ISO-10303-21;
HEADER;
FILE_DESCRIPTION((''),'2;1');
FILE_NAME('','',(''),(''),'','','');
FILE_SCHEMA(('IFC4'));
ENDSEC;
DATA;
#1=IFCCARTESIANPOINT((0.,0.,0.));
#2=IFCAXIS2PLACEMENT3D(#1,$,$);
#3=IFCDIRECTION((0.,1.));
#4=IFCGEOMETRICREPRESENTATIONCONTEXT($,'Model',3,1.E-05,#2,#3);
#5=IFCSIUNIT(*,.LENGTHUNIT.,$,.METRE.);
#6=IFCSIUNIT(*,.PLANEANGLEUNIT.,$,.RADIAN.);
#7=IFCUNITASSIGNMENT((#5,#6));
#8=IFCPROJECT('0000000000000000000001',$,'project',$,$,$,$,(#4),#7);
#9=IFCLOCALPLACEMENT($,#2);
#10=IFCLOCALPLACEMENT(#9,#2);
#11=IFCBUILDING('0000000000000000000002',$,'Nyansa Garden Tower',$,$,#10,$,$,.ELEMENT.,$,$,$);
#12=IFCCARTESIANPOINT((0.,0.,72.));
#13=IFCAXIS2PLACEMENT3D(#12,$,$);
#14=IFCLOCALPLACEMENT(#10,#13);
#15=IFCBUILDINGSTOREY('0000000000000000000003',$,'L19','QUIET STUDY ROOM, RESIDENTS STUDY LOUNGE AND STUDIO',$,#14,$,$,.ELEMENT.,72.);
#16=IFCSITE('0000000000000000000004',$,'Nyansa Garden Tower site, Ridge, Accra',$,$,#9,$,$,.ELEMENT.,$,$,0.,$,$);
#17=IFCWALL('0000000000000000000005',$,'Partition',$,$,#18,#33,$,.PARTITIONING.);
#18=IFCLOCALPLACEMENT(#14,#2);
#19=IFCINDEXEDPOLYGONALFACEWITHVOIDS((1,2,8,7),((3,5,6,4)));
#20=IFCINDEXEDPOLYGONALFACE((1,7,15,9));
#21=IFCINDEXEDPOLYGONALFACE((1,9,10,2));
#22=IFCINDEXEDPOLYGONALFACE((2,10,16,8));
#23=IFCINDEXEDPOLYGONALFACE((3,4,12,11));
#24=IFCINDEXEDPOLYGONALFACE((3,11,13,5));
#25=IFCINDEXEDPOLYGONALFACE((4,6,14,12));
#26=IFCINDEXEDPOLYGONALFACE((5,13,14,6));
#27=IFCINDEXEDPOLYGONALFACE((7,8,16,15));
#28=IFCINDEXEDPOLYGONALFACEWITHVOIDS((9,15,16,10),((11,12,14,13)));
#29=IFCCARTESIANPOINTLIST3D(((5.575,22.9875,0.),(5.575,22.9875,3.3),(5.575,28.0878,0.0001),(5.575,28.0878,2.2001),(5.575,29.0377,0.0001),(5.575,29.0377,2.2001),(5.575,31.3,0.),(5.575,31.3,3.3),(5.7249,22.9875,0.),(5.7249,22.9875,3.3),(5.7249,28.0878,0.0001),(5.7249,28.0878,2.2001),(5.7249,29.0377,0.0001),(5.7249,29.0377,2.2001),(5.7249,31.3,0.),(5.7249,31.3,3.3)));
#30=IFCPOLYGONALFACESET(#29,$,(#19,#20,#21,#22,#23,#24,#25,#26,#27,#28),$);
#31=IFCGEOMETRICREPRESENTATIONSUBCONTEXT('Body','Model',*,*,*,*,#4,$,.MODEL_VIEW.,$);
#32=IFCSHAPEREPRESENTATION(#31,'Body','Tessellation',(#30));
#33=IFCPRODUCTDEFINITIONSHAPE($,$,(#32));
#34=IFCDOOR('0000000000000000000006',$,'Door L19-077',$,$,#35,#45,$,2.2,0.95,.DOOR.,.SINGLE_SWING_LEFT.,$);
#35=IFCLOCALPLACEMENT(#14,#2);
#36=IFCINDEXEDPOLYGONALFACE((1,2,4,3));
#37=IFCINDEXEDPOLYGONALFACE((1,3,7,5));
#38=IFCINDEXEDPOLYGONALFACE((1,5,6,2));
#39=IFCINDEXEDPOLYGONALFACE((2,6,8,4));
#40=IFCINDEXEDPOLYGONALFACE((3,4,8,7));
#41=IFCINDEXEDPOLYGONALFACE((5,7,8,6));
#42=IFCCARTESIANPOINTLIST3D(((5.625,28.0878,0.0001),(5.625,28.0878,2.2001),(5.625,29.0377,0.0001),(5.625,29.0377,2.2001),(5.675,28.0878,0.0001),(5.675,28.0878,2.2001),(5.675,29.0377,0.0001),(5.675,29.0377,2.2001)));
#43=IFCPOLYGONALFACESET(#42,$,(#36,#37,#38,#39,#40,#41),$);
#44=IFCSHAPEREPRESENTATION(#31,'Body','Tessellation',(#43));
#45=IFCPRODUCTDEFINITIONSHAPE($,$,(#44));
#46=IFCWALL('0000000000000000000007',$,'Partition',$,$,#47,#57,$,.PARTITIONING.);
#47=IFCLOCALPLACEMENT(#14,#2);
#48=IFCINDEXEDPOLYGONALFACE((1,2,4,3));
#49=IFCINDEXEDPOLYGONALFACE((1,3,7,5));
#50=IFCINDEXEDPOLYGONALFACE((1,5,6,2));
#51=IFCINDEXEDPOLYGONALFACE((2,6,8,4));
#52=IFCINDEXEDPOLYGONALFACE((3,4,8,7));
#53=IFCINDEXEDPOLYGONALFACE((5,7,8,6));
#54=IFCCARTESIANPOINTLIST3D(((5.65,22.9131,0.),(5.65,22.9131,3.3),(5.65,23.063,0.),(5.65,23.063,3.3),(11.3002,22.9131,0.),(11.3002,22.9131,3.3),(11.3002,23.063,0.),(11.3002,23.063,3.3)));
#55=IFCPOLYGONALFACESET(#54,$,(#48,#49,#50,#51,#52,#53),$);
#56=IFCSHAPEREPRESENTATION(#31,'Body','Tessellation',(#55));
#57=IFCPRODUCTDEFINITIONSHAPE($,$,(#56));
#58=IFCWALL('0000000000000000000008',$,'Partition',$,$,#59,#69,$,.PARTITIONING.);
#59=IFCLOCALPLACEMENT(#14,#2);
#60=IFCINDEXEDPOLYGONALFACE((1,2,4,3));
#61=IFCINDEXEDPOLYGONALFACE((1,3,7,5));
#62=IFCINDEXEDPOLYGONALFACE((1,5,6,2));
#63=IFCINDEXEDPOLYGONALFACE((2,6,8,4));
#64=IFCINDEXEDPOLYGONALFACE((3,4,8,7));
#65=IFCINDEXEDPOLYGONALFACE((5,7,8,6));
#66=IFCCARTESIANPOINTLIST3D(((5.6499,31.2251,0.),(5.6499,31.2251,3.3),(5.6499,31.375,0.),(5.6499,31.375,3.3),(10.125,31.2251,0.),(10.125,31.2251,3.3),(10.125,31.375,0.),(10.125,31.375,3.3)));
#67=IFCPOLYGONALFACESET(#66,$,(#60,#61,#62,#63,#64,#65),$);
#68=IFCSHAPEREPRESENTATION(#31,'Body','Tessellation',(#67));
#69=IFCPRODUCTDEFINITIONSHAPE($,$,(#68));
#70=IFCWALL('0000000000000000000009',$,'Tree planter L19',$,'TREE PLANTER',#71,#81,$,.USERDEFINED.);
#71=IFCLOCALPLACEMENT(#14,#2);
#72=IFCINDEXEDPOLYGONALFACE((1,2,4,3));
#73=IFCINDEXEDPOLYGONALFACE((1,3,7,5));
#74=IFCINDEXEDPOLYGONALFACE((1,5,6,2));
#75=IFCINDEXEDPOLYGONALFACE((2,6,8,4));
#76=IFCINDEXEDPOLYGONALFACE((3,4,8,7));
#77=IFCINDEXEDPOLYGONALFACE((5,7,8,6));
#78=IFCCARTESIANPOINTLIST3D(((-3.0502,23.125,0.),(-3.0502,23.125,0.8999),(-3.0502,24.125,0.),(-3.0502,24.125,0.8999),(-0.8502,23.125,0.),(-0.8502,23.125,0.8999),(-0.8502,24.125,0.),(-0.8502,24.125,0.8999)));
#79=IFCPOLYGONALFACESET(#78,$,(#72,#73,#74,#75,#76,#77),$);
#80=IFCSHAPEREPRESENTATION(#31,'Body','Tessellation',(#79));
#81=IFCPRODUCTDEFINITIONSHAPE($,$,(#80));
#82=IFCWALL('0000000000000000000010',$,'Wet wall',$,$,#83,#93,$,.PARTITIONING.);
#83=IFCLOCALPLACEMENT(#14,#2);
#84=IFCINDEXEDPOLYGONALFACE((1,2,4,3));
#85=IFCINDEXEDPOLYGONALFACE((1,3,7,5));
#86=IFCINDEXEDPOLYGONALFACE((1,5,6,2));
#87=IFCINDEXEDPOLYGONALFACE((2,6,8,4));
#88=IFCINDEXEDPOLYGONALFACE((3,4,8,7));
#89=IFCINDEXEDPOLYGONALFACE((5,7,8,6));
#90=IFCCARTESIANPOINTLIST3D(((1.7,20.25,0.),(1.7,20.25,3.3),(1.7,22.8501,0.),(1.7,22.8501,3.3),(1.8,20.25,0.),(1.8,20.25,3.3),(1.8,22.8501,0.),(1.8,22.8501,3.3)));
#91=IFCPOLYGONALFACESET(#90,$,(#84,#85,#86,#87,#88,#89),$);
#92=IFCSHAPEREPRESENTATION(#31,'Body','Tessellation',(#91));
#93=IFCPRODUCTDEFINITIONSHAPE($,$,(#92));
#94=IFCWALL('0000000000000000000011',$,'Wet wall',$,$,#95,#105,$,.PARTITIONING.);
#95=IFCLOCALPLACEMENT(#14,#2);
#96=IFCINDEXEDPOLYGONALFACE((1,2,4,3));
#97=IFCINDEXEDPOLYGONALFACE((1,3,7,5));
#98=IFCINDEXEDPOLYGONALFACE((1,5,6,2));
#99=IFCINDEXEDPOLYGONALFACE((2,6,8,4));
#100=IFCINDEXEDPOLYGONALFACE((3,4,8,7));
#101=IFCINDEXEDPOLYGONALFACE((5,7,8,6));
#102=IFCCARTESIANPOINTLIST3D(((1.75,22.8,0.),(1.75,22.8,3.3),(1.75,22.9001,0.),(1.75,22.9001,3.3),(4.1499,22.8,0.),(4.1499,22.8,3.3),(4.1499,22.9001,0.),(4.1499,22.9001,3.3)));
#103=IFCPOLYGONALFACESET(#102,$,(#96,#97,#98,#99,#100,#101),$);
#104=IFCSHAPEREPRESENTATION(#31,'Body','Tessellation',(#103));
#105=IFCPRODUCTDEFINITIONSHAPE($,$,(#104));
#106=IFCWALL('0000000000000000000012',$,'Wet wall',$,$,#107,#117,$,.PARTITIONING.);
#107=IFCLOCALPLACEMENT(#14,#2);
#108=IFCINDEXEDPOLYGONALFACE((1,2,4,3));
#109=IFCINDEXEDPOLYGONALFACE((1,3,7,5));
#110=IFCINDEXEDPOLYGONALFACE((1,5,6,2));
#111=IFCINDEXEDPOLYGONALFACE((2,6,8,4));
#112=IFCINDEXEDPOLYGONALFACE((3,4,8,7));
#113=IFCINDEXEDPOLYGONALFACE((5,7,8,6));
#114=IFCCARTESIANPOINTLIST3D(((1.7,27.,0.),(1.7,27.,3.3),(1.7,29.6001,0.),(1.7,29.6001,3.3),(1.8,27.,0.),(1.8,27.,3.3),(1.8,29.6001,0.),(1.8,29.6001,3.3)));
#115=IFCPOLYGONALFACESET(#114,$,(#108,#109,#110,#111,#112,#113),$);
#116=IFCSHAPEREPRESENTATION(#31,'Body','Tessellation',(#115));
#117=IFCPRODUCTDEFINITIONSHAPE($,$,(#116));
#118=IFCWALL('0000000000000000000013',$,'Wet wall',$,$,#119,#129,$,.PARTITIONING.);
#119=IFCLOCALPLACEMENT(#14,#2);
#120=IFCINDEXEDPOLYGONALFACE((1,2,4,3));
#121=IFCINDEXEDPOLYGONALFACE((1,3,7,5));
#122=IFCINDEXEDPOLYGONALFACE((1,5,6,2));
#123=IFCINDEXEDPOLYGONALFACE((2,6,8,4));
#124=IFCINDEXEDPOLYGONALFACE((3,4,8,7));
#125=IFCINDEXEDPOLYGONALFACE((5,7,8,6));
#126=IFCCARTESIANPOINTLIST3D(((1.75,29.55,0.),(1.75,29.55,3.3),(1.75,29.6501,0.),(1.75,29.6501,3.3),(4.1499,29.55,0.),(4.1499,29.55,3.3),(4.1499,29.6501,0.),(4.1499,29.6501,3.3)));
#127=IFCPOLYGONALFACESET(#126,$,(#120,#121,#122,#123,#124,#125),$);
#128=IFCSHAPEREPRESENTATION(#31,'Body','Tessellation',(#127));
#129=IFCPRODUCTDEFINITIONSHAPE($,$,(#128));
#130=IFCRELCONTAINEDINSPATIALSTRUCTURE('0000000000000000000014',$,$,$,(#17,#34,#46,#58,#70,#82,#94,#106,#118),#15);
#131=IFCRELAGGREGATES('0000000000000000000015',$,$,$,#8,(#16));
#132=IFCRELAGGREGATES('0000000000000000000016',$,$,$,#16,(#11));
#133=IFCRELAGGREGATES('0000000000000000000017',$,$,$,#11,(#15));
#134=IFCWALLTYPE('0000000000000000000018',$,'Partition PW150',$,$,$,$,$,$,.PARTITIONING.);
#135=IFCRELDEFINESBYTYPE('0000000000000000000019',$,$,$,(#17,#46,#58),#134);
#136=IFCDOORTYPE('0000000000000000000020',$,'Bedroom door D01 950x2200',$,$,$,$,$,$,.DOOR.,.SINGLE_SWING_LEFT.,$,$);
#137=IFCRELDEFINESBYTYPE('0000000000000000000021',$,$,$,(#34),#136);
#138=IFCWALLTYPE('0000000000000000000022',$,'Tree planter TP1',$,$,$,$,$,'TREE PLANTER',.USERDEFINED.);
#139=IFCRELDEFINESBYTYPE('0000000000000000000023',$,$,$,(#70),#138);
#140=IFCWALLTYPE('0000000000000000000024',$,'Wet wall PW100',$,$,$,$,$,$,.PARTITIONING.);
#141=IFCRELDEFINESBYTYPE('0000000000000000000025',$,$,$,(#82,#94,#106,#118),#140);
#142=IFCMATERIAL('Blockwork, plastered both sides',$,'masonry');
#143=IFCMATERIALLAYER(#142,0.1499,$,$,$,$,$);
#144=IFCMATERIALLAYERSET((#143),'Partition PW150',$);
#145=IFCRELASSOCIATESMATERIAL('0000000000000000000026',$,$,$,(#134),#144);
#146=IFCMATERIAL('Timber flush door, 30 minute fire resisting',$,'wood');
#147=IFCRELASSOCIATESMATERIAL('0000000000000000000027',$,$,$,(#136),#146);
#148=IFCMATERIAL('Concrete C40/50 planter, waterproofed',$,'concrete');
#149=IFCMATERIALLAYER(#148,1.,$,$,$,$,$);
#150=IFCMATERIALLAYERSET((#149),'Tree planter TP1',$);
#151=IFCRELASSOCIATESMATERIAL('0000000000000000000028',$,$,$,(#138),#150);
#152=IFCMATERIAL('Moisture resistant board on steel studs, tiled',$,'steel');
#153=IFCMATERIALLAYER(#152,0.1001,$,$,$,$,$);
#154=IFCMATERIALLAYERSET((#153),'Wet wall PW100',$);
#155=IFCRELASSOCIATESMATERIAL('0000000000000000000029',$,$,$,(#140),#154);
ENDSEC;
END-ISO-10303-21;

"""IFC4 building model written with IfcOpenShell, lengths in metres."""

from ifc_helpers import new_model, si_unit, direction, frame, frame_2d, origin, place, context, subcontext, project, spatial, rectangle, extrude, material, layer, layer_set, type_object, element, fill, save


model = new_model("IFC4")

# Units and contexts
model_context = context("Model", 3, precision=1e-05, world=origin(), true_north=direction((0.0, 1.0)))
body_context = subcontext(model_context, "Body", "Model", "MODEL_VIEW")
ifc_project = project(units=[si_unit("LENGTHUNIT", "METRE"), si_unit("PLANEANGLEUNIT", "RADIAN")], contexts=[model_context])

# Site, building, storey
site_placement = place(None, origin())
site = spatial("IfcSite", under=ifc_project, at=site_placement, Name="Nyansa Garden Tower site, Ridge, Accra", CompositionType="ELEMENT", RefElevation=0.0)
building_placement = place(site_placement, origin())
building = spatial("IfcBuilding", under=site, at=building_placement, Name="Nyansa Garden Tower", CompositionType="ELEMENT")
storey_placement = place(building_placement, frame((0.0, 0.0, 72.0)))
storey = spatial("IfcBuildingStorey", under=building, at=storey_placement, Name="L19", Description="QUIET STUDY ROOM, RESIDENTS STUDY LOUNGE AND STUDIO", CompositionType="ELEMENT", Elevation=72.0)

# Shared definitions
ifc_material_1 = material(Name="Blockwork, plastered both sides", Category="masonry")
ifc_layer_1 = layer(ifc_material_1, 0.1499)
ifc_layer_set_1 = layer_set([ifc_layer_1], Name="Partition PW150")
wall_type_1 = type_object("IfcWallType", Name="Partition PW150", PredefinedType="PARTITIONING", material=ifc_layer_set_1)

# Wall, opening, door
wall_1_placement = place(storey_placement, frame((5.6499, 22.9875, 0.0), z_axis=(0.0, 0.0, 1.0), x_axis=(0.0, 1.0, 0.0)))
wall_1 = element("IfcWall", 1, at=wall_1_placement, inside=storey, type_object=wall_type_1, Name="Partition", PredefinedType="PARTITIONING", context=body_context, shape_type="SweptSolid", body=[
    extrude(rectangle(XDim=8.3125, YDim=0.1499, at=frame_2d((4.1562, 0.0))), origin(), (0.0, 0.0, 1.0), 3.3),
])
opening_1_placement = place(wall_1_placement, frame((5.1001, 0.0, 0.0)))
opening_1 = element("IfcOpeningElement", 2, at=opening_1_placement, cuts=wall_1, PredefinedType="OPENING", context=body_context, shape_type="SweptSolid", body=[
    extrude(rectangle(XDim=0.95, YDim=2.2, at=frame_2d((0.4751, 1.1001))), frame((0.0, 0.085, 0.0), z_axis=(0.0, -1.0, 0.0), x_axis=(1.0, 0.0, 0.0)), (0.0, 0.0, 1.0), 0.1699),
])
ifc_material_2 = material(Name="Timber flush door, 30 minute fire resisting", Category="wood")
door_type_1 = type_object("IfcDoorType", Name="Bedroom door D01 950x2200", OperationType="SINGLE_SWING_LEFT", PredefinedType="DOOR", material=ifc_material_2)
door_1_placement = place(opening_1_placement, origin())
door_1 = element("IfcDoor", 3, at=door_1_placement, inside=storey, type_object=door_type_1, Name="Door L19-077", OperationType="SINGLE_SWING_LEFT", OverallHeight=2.2, OverallWidth=0.95, PredefinedType="DOOR", context=body_context, shape_type="SweptSolid", body=[
    extrude(rectangle(XDim=0.95, YDim=2.2, at=frame_2d((0.4751, 1.1001))), frame((0.0, 0.0249, 0.0), z_axis=(0.0, -1.0, 0.0), x_axis=(1.0, 0.0, 0.0)), (0.0, 0.0, 1.0), 0.05),
])
fill(opening_1, door_1)

# Walls
wall_2_placement = place(storey_placement, frame((5.6499, 22.988, 0.0), z_axis=(0.0, 0.0, 1.0), x_axis=(1.0, 0.0, 0.0)))
element("IfcWall", 4, at=wall_2_placement, inside=storey, type_object=wall_type_1, Name="Partition", PredefinedType="PARTITIONING", context=body_context, shape_type="SweptSolid", body=[
    extrude(rectangle(XDim=5.6501, YDim=0.1499, at=frame_2d((2.8252, 0.0))), origin(), (0.0, 0.0, 1.0), 3.3),
])
wall_3_placement = place(storey_placement, frame((5.6499, 31.3, 0.0), z_axis=(0.0, 0.0, 1.0), x_axis=(1.0, 0.0, 0.0)))
element("IfcWall", 5, at=wall_3_placement, inside=storey, type_object=wall_type_1, Name="Partition", PredefinedType="PARTITIONING", context=body_context, shape_type="SweptSolid", body=[
    extrude(rectangle(XDim=4.4751, YDim=0.1499, at=frame_2d((2.2375, 0.0))), origin(), (0.0, 0.0, 1.0), 3.3),
])
ifc_material_3 = material(Name="Concrete C40/50 planter, waterproofed", Category="concrete")
ifc_layer_2 = layer(ifc_material_3, 1.0)
ifc_layer_set_2 = layer_set([ifc_layer_2], Name="Tree planter TP1")
wall_type_2 = type_object("IfcWallType", Name="Tree planter TP1", ElementType="TREE PLANTER", PredefinedType="USERDEFINED", material=ifc_layer_set_2)
wall_4_placement = place(storey_placement, frame((-0.8501, 23.625, 0.0), z_axis=(0.0, 0.0, 1.0), x_axis=(-1.0, 0.0, 0.0)))
element("IfcWall", 6, at=wall_4_placement, inside=storey, type_object=wall_type_2, Name="Tree planter L19", ObjectType="TREE PLANTER", PredefinedType="USERDEFINED", context=body_context, shape_type="SweptSolid", body=[
    extrude(rectangle(XDim=2.2, YDim=1.0, at=frame_2d((1.1001, 0.0))), origin(), (0.0, 0.0, 1.0), 0.8999),
])
ifc_material_4 = material(Name="Moisture resistant board on steel studs, tiled", Category="steel")
ifc_layer_3 = layer(ifc_material_4, 0.1001)
ifc_layer_set_3 = layer_set([ifc_layer_3], Name="Wet wall PW100")
wall_type_3 = type_object("IfcWallType", Name="Wet wall PW100", PredefinedType="PARTITIONING", material=ifc_layer_set_3)
wall_5_placement = place(storey_placement, frame((1.75, 20.25, 0.0), z_axis=(0.0, 0.0, 1.0), x_axis=(0.0, 1.0, 0.0)))
element("IfcWall", 7, at=wall_5_placement, inside=storey, type_object=wall_type_3, Name="Wet wall", PredefinedType="PARTITIONING", context=body_context, shape_type="SweptSolid", body=[
    extrude(rectangle(XDim=2.6001, YDim=0.1001, at=frame_2d((1.3, 0.0))), origin(), (0.0, 0.0, 1.0), 3.3),
])
wall_6_placement = place(storey_placement, frame((1.75, 22.8501, 0.0), z_axis=(0.0, 0.0, 1.0), x_axis=(1.0, 0.0, 0.0)))
element("IfcWall", 8, at=wall_6_placement, inside=storey, type_object=wall_type_3, Name="Wet wall", PredefinedType="PARTITIONING", context=body_context, shape_type="SweptSolid", body=[
    extrude(rectangle(XDim=2.3999, YDim=0.1001, at=frame_2d((1.2, 0.0))), origin(), (0.0, 0.0, 1.0), 3.3),
])
wall_7_placement = place(storey_placement, frame((1.75, 27.0, 0.0), z_axis=(0.0, 0.0, 1.0), x_axis=(0.0, 1.0, 0.0)))
element("IfcWall", 9, at=wall_7_placement, inside=storey, type_object=wall_type_3, Name="Wet wall", PredefinedType="PARTITIONING", context=body_context, shape_type="SweptSolid", body=[
    extrude(rectangle(XDim=2.6001, YDim=0.1001, at=frame_2d((1.3, 0.0))), origin(), (0.0, 0.0, 1.0), 3.3),
])
wall_8_placement = place(storey_placement, frame((1.75, 29.6001, 0.0), z_axis=(0.0, 0.0, 1.0), x_axis=(1.0, 0.0, 0.0)))
element("IfcWall", 10, at=wall_8_placement, inside=storey, type_object=wall_type_3, Name="Wet wall", PredefinedType="PARTITIONING", context=body_context, shape_type="SweptSolid", body=[
    extrude(rectangle(XDim=2.3999, YDim=0.1001, at=frame_2d((1.2, 0.0))), origin(), (0.0, 0.0, 1.0), 3.3),
])

save(model, "model.ifc")
